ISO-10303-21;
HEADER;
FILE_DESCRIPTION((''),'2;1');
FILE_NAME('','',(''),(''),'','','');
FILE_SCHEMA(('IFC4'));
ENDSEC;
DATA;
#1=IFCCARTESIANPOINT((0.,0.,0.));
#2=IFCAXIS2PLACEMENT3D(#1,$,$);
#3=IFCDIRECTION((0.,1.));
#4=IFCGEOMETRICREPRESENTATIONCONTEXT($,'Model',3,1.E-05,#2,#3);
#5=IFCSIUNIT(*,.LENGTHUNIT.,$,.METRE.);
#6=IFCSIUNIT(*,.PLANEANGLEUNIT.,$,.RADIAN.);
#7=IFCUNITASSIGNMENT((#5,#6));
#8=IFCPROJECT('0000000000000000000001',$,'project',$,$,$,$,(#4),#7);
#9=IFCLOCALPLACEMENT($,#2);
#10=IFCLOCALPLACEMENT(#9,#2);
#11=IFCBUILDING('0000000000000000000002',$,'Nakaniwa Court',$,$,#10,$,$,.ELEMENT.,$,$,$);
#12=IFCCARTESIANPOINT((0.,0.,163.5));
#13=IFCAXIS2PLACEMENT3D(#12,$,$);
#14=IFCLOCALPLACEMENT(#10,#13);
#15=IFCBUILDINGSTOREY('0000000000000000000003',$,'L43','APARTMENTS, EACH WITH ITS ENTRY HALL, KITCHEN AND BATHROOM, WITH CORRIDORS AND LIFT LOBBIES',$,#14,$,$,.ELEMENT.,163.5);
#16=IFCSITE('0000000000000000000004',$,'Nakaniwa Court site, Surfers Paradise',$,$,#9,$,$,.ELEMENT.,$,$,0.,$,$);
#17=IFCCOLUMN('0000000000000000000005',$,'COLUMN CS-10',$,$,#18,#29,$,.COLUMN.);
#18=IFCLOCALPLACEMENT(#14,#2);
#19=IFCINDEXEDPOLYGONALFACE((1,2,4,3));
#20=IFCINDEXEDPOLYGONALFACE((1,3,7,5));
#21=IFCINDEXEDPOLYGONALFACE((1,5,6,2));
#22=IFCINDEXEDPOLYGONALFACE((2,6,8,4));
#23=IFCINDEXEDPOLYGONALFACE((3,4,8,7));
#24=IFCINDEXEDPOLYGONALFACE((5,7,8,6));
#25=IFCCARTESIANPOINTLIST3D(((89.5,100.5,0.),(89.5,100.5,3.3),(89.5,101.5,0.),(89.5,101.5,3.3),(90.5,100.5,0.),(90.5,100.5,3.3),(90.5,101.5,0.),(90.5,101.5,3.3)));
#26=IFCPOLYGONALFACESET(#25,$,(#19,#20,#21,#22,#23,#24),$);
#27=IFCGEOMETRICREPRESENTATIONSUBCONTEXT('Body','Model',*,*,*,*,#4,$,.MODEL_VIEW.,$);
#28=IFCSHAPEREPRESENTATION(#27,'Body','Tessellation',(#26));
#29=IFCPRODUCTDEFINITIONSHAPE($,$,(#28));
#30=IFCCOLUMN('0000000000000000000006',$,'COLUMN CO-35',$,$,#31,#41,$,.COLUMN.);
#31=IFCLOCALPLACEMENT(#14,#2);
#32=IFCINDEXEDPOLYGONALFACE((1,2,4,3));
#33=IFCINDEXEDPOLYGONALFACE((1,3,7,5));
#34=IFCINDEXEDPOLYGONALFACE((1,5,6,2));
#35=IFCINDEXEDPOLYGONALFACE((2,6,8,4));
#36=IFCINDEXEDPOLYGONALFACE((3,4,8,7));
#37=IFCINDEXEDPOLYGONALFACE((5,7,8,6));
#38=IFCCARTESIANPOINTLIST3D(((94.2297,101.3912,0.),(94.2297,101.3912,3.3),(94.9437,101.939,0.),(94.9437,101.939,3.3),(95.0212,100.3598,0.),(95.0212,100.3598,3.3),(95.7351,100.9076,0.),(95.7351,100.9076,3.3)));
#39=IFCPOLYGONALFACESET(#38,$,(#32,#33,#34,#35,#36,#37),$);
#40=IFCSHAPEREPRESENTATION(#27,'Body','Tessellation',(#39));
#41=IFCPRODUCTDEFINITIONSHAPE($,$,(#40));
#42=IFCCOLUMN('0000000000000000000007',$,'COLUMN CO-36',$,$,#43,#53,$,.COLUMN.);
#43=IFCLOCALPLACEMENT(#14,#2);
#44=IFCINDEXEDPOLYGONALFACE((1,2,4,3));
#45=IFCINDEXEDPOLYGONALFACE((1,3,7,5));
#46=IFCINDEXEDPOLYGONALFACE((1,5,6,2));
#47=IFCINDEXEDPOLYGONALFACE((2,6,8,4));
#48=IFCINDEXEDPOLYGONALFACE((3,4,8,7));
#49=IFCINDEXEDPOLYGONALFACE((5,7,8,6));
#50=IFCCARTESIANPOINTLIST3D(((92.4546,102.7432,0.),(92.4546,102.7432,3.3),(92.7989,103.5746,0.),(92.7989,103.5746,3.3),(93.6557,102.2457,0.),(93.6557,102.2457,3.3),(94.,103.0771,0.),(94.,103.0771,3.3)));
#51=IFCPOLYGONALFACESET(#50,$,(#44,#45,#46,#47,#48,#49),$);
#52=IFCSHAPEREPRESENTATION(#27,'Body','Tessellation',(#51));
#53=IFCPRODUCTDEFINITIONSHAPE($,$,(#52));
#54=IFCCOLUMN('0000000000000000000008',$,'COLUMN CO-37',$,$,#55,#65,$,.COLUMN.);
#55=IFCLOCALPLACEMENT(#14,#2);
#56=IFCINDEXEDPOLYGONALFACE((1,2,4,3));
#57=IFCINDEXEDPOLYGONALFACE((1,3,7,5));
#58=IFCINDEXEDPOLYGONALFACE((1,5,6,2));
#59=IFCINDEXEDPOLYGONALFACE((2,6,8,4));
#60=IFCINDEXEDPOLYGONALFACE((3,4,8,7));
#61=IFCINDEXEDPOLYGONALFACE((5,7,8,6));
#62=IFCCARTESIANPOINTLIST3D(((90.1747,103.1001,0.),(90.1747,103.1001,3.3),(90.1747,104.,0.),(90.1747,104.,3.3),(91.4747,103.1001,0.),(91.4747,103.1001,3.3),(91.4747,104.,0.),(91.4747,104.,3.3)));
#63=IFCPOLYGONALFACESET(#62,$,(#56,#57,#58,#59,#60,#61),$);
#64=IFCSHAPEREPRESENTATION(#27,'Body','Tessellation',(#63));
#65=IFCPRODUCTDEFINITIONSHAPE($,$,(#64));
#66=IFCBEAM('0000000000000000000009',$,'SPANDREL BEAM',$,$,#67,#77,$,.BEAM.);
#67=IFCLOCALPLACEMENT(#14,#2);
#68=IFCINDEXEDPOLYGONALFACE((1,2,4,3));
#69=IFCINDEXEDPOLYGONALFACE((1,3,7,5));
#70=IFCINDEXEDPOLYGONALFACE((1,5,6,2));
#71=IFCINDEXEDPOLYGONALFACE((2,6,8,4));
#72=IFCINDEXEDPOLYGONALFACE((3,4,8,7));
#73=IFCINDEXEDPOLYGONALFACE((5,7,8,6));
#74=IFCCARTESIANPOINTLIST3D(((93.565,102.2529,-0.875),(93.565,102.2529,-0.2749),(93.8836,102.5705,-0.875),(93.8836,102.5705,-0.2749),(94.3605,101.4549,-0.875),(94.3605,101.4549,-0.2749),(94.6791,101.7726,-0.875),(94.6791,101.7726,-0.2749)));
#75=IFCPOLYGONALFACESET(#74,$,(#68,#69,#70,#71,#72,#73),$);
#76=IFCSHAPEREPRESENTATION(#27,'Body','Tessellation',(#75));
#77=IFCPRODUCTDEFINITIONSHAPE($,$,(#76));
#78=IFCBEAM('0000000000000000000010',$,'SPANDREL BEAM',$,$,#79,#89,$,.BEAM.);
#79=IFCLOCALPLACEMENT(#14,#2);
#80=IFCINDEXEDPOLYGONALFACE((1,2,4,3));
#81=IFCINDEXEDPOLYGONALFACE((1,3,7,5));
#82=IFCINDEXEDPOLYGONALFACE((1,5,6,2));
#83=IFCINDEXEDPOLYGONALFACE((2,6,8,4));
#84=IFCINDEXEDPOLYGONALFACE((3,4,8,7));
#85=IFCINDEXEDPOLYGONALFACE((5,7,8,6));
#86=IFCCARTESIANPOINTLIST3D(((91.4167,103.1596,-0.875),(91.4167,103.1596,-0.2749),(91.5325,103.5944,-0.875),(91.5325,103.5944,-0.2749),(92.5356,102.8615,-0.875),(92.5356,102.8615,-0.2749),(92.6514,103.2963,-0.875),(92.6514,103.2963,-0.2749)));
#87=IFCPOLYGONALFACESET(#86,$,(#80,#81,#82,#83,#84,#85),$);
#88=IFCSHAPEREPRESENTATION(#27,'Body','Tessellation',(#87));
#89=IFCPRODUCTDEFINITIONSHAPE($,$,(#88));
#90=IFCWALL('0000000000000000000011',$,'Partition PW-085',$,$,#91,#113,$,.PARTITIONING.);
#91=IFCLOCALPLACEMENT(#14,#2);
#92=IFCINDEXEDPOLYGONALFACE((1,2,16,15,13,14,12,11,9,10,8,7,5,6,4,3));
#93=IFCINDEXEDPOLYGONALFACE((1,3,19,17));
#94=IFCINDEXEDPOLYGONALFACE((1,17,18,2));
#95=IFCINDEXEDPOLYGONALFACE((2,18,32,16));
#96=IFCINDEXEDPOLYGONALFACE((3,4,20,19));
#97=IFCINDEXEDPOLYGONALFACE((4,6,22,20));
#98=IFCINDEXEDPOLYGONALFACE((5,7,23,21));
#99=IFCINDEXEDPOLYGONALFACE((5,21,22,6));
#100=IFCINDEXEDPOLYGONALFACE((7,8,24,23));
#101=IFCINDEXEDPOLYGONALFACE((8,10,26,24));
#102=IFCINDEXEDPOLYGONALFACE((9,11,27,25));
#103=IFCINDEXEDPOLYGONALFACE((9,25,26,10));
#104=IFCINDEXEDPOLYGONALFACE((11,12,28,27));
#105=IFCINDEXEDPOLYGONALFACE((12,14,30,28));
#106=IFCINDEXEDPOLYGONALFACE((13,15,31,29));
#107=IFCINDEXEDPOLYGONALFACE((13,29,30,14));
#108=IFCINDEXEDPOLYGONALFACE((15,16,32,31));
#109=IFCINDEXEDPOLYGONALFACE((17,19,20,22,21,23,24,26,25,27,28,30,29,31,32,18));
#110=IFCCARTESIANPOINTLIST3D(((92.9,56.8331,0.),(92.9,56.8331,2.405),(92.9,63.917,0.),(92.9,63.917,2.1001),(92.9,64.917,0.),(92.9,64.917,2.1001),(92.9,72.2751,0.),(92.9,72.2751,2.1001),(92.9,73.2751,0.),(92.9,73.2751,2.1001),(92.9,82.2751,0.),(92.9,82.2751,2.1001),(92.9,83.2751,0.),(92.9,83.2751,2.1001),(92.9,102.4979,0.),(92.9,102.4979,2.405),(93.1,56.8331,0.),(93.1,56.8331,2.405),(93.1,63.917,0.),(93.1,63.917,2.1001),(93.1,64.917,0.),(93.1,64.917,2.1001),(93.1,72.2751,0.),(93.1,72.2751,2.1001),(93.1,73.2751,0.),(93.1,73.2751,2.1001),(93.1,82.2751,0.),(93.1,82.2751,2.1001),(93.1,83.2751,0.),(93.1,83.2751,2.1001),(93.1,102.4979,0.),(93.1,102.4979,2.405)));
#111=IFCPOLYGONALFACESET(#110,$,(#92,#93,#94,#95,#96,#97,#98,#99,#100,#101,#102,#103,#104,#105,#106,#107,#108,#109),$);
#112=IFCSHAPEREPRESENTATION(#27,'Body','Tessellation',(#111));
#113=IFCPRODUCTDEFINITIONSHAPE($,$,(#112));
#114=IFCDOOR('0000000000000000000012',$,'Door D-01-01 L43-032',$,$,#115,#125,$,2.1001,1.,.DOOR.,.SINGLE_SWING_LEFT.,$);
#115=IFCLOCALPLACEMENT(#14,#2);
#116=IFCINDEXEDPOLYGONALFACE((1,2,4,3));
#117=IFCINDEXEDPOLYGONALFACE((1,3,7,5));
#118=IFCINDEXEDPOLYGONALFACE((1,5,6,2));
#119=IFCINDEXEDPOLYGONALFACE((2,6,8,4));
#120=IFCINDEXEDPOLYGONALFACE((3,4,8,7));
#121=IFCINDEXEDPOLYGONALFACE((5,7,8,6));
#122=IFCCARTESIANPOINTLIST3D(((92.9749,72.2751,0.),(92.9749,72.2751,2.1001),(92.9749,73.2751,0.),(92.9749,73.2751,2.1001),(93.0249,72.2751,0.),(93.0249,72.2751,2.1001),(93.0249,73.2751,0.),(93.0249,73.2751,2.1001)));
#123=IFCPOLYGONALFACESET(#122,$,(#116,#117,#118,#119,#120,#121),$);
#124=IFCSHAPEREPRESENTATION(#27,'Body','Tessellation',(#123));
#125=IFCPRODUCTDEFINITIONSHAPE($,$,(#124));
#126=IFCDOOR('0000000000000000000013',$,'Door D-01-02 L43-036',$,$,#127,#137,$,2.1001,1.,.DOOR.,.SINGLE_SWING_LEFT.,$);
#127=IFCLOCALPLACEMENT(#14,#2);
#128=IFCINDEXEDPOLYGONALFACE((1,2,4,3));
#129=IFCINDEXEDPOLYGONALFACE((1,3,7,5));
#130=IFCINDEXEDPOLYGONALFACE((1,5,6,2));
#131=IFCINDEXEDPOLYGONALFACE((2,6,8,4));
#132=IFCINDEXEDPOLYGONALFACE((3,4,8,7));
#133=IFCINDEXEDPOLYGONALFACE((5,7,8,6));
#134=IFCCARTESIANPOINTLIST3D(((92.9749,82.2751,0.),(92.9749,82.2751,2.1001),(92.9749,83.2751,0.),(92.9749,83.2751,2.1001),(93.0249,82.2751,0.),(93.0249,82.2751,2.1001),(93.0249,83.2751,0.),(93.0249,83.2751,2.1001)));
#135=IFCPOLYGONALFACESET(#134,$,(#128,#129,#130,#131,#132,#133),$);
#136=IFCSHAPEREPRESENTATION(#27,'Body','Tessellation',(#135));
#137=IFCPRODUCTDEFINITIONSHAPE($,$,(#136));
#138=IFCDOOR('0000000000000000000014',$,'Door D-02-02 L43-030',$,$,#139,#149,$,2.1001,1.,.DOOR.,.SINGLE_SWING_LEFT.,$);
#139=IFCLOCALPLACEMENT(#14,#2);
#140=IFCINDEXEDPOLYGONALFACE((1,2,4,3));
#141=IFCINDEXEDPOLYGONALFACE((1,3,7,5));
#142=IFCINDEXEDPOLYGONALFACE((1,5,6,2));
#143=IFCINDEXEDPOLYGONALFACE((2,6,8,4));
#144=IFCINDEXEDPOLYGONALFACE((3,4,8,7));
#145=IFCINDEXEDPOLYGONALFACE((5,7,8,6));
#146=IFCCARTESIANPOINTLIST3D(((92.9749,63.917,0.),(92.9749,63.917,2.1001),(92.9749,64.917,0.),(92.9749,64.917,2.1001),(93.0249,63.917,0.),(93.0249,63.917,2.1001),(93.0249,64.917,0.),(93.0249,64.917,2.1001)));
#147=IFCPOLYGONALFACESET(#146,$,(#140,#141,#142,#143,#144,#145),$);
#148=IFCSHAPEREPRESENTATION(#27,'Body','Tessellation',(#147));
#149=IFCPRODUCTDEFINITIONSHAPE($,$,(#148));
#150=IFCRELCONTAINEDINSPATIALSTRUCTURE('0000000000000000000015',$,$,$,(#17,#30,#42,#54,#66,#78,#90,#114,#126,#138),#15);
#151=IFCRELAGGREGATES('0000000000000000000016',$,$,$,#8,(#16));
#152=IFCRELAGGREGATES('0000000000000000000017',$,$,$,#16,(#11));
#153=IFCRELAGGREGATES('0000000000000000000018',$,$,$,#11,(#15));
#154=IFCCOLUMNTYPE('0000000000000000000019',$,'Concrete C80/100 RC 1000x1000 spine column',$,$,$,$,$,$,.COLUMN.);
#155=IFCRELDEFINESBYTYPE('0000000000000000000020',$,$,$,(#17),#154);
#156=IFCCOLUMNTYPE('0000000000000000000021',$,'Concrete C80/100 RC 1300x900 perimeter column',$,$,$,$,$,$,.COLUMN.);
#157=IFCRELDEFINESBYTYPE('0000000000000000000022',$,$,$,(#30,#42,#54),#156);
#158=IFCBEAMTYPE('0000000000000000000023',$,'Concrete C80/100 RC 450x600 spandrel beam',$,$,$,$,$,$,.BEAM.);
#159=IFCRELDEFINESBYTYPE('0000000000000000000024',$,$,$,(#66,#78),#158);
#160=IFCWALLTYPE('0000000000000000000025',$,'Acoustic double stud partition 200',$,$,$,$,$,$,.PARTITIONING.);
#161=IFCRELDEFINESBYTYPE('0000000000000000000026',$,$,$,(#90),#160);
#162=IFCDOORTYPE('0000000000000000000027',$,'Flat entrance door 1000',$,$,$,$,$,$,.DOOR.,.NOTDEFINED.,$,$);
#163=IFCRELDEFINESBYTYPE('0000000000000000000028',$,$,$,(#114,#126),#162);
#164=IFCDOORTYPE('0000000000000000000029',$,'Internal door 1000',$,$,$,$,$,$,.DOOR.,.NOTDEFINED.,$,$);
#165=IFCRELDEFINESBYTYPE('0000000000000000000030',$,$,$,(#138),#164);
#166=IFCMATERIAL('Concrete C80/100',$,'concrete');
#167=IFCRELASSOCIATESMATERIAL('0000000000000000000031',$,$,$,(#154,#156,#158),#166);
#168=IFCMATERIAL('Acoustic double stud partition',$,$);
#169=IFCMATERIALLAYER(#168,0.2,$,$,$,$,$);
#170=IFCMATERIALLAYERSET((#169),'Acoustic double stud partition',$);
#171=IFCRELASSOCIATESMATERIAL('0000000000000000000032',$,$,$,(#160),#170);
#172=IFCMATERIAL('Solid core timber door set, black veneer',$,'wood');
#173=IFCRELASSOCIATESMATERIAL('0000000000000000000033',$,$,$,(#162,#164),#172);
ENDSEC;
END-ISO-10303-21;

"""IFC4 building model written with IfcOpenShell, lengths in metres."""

from ifc_helpers import new_model, si_unit, direction, frame, frame_2d, origin, origin_2d, place, context, subcontext, project, spatial, rectangle, extrude, material, layer, layer_set, material_profile, profile_set, type_object, element, fill, save


model = new_model("IFC4")

# Units and contexts
model_context = context("Model", 3, precision=1e-05, world=origin(), true_north=direction((0.0, 1.0)))
body_context = subcontext(model_context, "Body", "Model", "MODEL_VIEW")
ifc_project = project(units=[si_unit("LENGTHUNIT", "METRE"), si_unit("PLANEANGLEUNIT", "RADIAN")], contexts=[model_context])

# Site, building, storey
site_placement = place(None, origin())
site = spatial("IfcSite", under=ifc_project, at=site_placement, Name="Nakaniwa Court site, Surfers Paradise", CompositionType="ELEMENT", RefElevation=0.0)
building_placement = place(site_placement, origin())
building = spatial("IfcBuilding", under=site, at=building_placement, Name="Nakaniwa Court", CompositionType="ELEMENT")
storey_placement = place(building_placement, frame((0.0, 0.0, 163.5)))
storey = spatial("IfcBuildingStorey", under=building, at=storey_placement, Name="L43", Description="APARTMENTS, EACH WITH ITS ENTRY HALL, KITCHEN AND BATHROOM, WITH CORRIDORS AND LIFT LOBBIES", CompositionType="ELEMENT", Elevation=163.5)

# Columns
ifc_material_1 = material(Name="Concrete C80/100", Category="concrete")
ifc_material_profile_1 = material_profile(ifc_material_1, rectangle(XDim=1.0, YDim=1.0, at=origin_2d()), Name="Concrete C80/100 RC 1000x1000 spine column")
ifc_profile_set_1 = profile_set([ifc_material_profile_1], Name="Concrete C80/100")
column_type_1 = type_object("IfcColumnType", Name="Concrete C80/100 RC 1000x1000 spine column", PredefinedType="COLUMN", material=ifc_profile_set_1)
column_placement = place(storey_placement, frame((90.0, 101.0, 0.0), z_axis=(0.0, 0.0, 1.0), x_axis=(0.0, 1.0, 0.0)))
element("IfcColumn", 1, at=column_placement, inside=storey, type_object=column_type_1, Name="COLUMN CS-10", PredefinedType="COLUMN", context=body_context, shape_type="SweptSolid", body=[
    extrude(rectangle(XDim=1.0, YDim=1.0, at=origin_2d()), origin(), (0.0, 0.0, 1.0), 3.3),
])
ifc_material_profile_2 = material_profile(ifc_material_1, rectangle(XDim=1.3, YDim=0.8999, at=origin_2d()), Name="Concrete C80/100 RC 1300x900 perimeter column")
ifc_profile_set_2 = profile_set([ifc_material_profile_2], Name="Concrete C80/100")
column_type_2 = type_object("IfcColumnType", Name="Concrete C80/100 RC 1300x900 perimeter column", PredefinedType="COLUMN", material=ifc_profile_set_2)
for number, where, z_axis, x_axis, name in (
    (2, (94.9824, 101.1494, 0.0), (0.0, 0.0, 1.0), (-0.608761, 0.793353, 0.0), "COLUMN CO-35"),
    (3, (93.2273, 102.9102, 0.0), (0.0, 0.0, 1.0), (-0.92388, 0.382683, 0.0), "COLUMN CO-36"),
    (4, (90.8247, 103.55, 0.0), (0.0, 0.0, 1.0), (-1.0, 0.0, 0.0), "COLUMN CO-37"),
):
    element("IfcColumn", number, at=place(storey_placement, frame(where, z_axis=z_axis, x_axis=x_axis)), inside=storey, type_object=column_type_2, Name=name, PredefinedType="COLUMN", context=body_context, shape_type="SweptSolid", body=[
        extrude(rectangle(XDim=1.3, YDim=0.8999, at=origin_2d()), origin(), (0.0, 0.0, 1.0), 3.3),
    ])

# Beams
ifc_material_profile_3 = material_profile(ifc_material_1, rectangle(XDim=0.45, YDim=0.6001, at=origin_2d()), Name="Concrete C80/100 RC 450x600 spandrel beam")
ifc_profile_set_3 = profile_set([ifc_material_profile_3], Name="Concrete C80/100")
beam_type = type_object("IfcBeamType", Name="Concrete C80/100 RC 450x600 spandrel beam", PredefinedType="BEAM", material=ifc_profile_set_3)
beam_1_placement = place(storey_placement, frame((94.5198, 101.6138, -0.575), z_axis=(-0.706022, 0.708189, 0.0), x_axis=(-0.708189, -0.706022, 0.0)))
element("IfcBeam", 5, at=beam_1_placement, inside=storey, type_object=beam_type, Name="SPANDREL BEAM", PredefinedType="BEAM", context=body_context, shape_type="SweptSolid", body=[
    extrude(rectangle(XDim=0.45, YDim=0.6001, at=origin_2d()), origin(), (0.0, 0.0, 1.0), 1.1267),
])
beam_2_placement = place(storey_placement, frame((92.5935, 103.0789, -0.575), z_axis=(-0.966294, 0.25744, 0.0), x_axis=(-0.25744, -0.966294, 0.0)))
element("IfcBeam", 6, at=beam_2_placement, inside=storey, type_object=beam_type, Name="SPANDREL BEAM", PredefinedType="BEAM", context=body_context, shape_type="SweptSolid", body=[
    extrude(rectangle(XDim=0.45, YDim=0.6001, at=origin_2d()), origin(), (0.0, 0.0, 1.0), 1.158),
])

# Wall, openings, doors
ifc_material_2 = material(Name="Acoustic double stud partition")
ifc_layer_1 = layer(ifc_material_2, 0.2)
ifc_layer_set_1 = layer_set([ifc_layer_1], Name="Acoustic double stud partition")
wall_type_1 = type_object("IfcWallType", Name="Acoustic double stud partition 200", PredefinedType="PARTITIONING", material=ifc_layer_set_1)
wall_1_placement = place(storey_placement, frame((93.0, 102.498, 0.0), z_axis=(0.0, 0.0, 1.0), x_axis=(0.0, -1.0, 0.0)))
wall_1 = element("IfcWall", 7, at=wall_1_placement, inside=storey, type_object=wall_type_1, Name="Partition PW-085", PredefinedType="PARTITIONING", context=body_context, shape_type="SweptSolid", body=[
    extrude(rectangle(XDim=45.6648, YDim=0.2, at=frame_2d((22.8325, 0.0))), origin(), (0.0, 0.0, 1.0), 2.405),
])
opening_1_placement = place(wall_1_placement, frame((37.5811, 0.0, 0.0)))
opening_1 = element("IfcOpeningElement", 8, at=opening_1_placement, cuts=wall_1, PredefinedType="OPENING", context=body_context, shape_type="SweptSolid", body=[
    extrude(rectangle(XDim=1.0, YDim=2.1001, at=frame_2d((0.5, 1.05))), frame((0.0, 0.1099, 0.0), z_axis=(0.0, -1.0, 0.0), x_axis=(1.0, 0.0, 0.0)), (0.0, 0.0, 1.0), 0.22),
])
opening_2_placement = place(wall_1_placement, frame((29.2229, 0.0, 0.0)))
opening_2 = element("IfcOpeningElement", 9, at=opening_2_placement, cuts=wall_1, PredefinedType="OPENING", context=body_context, shape_type="SweptSolid", body=[
    extrude(rectangle(XDim=1.0, YDim=2.1001, at=frame_2d((0.5, 1.05))), frame((0.0, 0.1099, 0.0), z_axis=(0.0, -1.0, 0.0), x_axis=(1.0, 0.0, 0.0)), (0.0, 0.0, 1.0), 0.22),
])
opening_3_placement = place(wall_1_placement, frame((19.2229, 0.0, 0.0)))
opening_3 = element("IfcOpeningElement", 10, at=opening_3_placement, cuts=wall_1, PredefinedType="OPENING", context=body_context, shape_type="SweptSolid", body=[
    extrude(rectangle(XDim=1.0, YDim=2.1001, at=frame_2d((0.5, 1.05))), frame((0.0, 0.1099, 0.0), z_axis=(0.0, -1.0, 0.0), x_axis=(1.0, 0.0, 0.0)), (0.0, 0.0, 1.0), 0.22),
])
ifc_material_3 = material(Name="Solid core timber door set, black veneer", Category="wood")
door_type_1 = type_object("IfcDoorType", Name="Flat entrance door 1000", OperationType="NOTDEFINED", PredefinedType="DOOR", material=ifc_material_3)
door_1_placement = place(opening_2_placement, origin())
door_1 = element("IfcDoor", 11, at=door_1_placement, inside=storey, type_object=door_type_1, Name="Door D-01-01 L43-032", OperationType="SINGLE_SWING_LEFT", OverallHeight=2.1001, OverallWidth=1.0, PredefinedType="DOOR", context=body_context, shape_type="SweptSolid", body=[
    extrude(rectangle(XDim=1.0, YDim=2.1001, at=frame_2d((0.5, 1.05))), frame((0.0, 0.0249, 0.0), z_axis=(0.0, -1.0, 0.0), x_axis=(1.0, 0.0, 0.0)), (0.0, 0.0, 1.0), 0.05),
])
fill(opening_2, door_1)
door_2_placement = place(opening_3_placement, origin())
door_2 = element("IfcDoor", 12, at=door_2_placement, inside=storey, type_object=door_type_1, Name="Door D-01-02 L43-036", OperationType="SINGLE_SWING_LEFT", OverallHeight=2.1001, OverallWidth=1.0, PredefinedType="DOOR", context=body_context, shape_type="SweptSolid", body=[
    extrude(rectangle(XDim=1.0, YDim=2.1001, at=frame_2d((0.5, 1.05))), frame((0.0, 0.0249, 0.0), z_axis=(0.0, -1.0, 0.0), x_axis=(1.0, 0.0, 0.0)), (0.0, 0.0, 1.0), 0.05),
])
fill(opening_3, door_2)
door_type_2 = type_object("IfcDoorType", Name="Internal door 1000", OperationType="NOTDEFINED", PredefinedType="DOOR", material=ifc_material_3)
door_3_placement = place(opening_1_placement, origin())
door_3 = element("IfcDoor", 13, at=door_3_placement, inside=storey, type_object=door_type_2, Name="Door D-02-02 L43-030", OperationType="SINGLE_SWING_LEFT", OverallHeight=2.1001, OverallWidth=1.0, PredefinedType="DOOR", context=body_context, shape_type="SweptSolid", body=[
    extrude(rectangle(XDim=1.0, YDim=2.1001, at=frame_2d((0.5, 1.05))), frame((0.0, 0.0249, 0.0), z_axis=(0.0, -1.0, 0.0), x_axis=(1.0, 0.0, 0.0)), (0.0, 0.0, 1.0), 0.05),
])
fill(opening_1, door_3)

save(model, "model.ifc")
